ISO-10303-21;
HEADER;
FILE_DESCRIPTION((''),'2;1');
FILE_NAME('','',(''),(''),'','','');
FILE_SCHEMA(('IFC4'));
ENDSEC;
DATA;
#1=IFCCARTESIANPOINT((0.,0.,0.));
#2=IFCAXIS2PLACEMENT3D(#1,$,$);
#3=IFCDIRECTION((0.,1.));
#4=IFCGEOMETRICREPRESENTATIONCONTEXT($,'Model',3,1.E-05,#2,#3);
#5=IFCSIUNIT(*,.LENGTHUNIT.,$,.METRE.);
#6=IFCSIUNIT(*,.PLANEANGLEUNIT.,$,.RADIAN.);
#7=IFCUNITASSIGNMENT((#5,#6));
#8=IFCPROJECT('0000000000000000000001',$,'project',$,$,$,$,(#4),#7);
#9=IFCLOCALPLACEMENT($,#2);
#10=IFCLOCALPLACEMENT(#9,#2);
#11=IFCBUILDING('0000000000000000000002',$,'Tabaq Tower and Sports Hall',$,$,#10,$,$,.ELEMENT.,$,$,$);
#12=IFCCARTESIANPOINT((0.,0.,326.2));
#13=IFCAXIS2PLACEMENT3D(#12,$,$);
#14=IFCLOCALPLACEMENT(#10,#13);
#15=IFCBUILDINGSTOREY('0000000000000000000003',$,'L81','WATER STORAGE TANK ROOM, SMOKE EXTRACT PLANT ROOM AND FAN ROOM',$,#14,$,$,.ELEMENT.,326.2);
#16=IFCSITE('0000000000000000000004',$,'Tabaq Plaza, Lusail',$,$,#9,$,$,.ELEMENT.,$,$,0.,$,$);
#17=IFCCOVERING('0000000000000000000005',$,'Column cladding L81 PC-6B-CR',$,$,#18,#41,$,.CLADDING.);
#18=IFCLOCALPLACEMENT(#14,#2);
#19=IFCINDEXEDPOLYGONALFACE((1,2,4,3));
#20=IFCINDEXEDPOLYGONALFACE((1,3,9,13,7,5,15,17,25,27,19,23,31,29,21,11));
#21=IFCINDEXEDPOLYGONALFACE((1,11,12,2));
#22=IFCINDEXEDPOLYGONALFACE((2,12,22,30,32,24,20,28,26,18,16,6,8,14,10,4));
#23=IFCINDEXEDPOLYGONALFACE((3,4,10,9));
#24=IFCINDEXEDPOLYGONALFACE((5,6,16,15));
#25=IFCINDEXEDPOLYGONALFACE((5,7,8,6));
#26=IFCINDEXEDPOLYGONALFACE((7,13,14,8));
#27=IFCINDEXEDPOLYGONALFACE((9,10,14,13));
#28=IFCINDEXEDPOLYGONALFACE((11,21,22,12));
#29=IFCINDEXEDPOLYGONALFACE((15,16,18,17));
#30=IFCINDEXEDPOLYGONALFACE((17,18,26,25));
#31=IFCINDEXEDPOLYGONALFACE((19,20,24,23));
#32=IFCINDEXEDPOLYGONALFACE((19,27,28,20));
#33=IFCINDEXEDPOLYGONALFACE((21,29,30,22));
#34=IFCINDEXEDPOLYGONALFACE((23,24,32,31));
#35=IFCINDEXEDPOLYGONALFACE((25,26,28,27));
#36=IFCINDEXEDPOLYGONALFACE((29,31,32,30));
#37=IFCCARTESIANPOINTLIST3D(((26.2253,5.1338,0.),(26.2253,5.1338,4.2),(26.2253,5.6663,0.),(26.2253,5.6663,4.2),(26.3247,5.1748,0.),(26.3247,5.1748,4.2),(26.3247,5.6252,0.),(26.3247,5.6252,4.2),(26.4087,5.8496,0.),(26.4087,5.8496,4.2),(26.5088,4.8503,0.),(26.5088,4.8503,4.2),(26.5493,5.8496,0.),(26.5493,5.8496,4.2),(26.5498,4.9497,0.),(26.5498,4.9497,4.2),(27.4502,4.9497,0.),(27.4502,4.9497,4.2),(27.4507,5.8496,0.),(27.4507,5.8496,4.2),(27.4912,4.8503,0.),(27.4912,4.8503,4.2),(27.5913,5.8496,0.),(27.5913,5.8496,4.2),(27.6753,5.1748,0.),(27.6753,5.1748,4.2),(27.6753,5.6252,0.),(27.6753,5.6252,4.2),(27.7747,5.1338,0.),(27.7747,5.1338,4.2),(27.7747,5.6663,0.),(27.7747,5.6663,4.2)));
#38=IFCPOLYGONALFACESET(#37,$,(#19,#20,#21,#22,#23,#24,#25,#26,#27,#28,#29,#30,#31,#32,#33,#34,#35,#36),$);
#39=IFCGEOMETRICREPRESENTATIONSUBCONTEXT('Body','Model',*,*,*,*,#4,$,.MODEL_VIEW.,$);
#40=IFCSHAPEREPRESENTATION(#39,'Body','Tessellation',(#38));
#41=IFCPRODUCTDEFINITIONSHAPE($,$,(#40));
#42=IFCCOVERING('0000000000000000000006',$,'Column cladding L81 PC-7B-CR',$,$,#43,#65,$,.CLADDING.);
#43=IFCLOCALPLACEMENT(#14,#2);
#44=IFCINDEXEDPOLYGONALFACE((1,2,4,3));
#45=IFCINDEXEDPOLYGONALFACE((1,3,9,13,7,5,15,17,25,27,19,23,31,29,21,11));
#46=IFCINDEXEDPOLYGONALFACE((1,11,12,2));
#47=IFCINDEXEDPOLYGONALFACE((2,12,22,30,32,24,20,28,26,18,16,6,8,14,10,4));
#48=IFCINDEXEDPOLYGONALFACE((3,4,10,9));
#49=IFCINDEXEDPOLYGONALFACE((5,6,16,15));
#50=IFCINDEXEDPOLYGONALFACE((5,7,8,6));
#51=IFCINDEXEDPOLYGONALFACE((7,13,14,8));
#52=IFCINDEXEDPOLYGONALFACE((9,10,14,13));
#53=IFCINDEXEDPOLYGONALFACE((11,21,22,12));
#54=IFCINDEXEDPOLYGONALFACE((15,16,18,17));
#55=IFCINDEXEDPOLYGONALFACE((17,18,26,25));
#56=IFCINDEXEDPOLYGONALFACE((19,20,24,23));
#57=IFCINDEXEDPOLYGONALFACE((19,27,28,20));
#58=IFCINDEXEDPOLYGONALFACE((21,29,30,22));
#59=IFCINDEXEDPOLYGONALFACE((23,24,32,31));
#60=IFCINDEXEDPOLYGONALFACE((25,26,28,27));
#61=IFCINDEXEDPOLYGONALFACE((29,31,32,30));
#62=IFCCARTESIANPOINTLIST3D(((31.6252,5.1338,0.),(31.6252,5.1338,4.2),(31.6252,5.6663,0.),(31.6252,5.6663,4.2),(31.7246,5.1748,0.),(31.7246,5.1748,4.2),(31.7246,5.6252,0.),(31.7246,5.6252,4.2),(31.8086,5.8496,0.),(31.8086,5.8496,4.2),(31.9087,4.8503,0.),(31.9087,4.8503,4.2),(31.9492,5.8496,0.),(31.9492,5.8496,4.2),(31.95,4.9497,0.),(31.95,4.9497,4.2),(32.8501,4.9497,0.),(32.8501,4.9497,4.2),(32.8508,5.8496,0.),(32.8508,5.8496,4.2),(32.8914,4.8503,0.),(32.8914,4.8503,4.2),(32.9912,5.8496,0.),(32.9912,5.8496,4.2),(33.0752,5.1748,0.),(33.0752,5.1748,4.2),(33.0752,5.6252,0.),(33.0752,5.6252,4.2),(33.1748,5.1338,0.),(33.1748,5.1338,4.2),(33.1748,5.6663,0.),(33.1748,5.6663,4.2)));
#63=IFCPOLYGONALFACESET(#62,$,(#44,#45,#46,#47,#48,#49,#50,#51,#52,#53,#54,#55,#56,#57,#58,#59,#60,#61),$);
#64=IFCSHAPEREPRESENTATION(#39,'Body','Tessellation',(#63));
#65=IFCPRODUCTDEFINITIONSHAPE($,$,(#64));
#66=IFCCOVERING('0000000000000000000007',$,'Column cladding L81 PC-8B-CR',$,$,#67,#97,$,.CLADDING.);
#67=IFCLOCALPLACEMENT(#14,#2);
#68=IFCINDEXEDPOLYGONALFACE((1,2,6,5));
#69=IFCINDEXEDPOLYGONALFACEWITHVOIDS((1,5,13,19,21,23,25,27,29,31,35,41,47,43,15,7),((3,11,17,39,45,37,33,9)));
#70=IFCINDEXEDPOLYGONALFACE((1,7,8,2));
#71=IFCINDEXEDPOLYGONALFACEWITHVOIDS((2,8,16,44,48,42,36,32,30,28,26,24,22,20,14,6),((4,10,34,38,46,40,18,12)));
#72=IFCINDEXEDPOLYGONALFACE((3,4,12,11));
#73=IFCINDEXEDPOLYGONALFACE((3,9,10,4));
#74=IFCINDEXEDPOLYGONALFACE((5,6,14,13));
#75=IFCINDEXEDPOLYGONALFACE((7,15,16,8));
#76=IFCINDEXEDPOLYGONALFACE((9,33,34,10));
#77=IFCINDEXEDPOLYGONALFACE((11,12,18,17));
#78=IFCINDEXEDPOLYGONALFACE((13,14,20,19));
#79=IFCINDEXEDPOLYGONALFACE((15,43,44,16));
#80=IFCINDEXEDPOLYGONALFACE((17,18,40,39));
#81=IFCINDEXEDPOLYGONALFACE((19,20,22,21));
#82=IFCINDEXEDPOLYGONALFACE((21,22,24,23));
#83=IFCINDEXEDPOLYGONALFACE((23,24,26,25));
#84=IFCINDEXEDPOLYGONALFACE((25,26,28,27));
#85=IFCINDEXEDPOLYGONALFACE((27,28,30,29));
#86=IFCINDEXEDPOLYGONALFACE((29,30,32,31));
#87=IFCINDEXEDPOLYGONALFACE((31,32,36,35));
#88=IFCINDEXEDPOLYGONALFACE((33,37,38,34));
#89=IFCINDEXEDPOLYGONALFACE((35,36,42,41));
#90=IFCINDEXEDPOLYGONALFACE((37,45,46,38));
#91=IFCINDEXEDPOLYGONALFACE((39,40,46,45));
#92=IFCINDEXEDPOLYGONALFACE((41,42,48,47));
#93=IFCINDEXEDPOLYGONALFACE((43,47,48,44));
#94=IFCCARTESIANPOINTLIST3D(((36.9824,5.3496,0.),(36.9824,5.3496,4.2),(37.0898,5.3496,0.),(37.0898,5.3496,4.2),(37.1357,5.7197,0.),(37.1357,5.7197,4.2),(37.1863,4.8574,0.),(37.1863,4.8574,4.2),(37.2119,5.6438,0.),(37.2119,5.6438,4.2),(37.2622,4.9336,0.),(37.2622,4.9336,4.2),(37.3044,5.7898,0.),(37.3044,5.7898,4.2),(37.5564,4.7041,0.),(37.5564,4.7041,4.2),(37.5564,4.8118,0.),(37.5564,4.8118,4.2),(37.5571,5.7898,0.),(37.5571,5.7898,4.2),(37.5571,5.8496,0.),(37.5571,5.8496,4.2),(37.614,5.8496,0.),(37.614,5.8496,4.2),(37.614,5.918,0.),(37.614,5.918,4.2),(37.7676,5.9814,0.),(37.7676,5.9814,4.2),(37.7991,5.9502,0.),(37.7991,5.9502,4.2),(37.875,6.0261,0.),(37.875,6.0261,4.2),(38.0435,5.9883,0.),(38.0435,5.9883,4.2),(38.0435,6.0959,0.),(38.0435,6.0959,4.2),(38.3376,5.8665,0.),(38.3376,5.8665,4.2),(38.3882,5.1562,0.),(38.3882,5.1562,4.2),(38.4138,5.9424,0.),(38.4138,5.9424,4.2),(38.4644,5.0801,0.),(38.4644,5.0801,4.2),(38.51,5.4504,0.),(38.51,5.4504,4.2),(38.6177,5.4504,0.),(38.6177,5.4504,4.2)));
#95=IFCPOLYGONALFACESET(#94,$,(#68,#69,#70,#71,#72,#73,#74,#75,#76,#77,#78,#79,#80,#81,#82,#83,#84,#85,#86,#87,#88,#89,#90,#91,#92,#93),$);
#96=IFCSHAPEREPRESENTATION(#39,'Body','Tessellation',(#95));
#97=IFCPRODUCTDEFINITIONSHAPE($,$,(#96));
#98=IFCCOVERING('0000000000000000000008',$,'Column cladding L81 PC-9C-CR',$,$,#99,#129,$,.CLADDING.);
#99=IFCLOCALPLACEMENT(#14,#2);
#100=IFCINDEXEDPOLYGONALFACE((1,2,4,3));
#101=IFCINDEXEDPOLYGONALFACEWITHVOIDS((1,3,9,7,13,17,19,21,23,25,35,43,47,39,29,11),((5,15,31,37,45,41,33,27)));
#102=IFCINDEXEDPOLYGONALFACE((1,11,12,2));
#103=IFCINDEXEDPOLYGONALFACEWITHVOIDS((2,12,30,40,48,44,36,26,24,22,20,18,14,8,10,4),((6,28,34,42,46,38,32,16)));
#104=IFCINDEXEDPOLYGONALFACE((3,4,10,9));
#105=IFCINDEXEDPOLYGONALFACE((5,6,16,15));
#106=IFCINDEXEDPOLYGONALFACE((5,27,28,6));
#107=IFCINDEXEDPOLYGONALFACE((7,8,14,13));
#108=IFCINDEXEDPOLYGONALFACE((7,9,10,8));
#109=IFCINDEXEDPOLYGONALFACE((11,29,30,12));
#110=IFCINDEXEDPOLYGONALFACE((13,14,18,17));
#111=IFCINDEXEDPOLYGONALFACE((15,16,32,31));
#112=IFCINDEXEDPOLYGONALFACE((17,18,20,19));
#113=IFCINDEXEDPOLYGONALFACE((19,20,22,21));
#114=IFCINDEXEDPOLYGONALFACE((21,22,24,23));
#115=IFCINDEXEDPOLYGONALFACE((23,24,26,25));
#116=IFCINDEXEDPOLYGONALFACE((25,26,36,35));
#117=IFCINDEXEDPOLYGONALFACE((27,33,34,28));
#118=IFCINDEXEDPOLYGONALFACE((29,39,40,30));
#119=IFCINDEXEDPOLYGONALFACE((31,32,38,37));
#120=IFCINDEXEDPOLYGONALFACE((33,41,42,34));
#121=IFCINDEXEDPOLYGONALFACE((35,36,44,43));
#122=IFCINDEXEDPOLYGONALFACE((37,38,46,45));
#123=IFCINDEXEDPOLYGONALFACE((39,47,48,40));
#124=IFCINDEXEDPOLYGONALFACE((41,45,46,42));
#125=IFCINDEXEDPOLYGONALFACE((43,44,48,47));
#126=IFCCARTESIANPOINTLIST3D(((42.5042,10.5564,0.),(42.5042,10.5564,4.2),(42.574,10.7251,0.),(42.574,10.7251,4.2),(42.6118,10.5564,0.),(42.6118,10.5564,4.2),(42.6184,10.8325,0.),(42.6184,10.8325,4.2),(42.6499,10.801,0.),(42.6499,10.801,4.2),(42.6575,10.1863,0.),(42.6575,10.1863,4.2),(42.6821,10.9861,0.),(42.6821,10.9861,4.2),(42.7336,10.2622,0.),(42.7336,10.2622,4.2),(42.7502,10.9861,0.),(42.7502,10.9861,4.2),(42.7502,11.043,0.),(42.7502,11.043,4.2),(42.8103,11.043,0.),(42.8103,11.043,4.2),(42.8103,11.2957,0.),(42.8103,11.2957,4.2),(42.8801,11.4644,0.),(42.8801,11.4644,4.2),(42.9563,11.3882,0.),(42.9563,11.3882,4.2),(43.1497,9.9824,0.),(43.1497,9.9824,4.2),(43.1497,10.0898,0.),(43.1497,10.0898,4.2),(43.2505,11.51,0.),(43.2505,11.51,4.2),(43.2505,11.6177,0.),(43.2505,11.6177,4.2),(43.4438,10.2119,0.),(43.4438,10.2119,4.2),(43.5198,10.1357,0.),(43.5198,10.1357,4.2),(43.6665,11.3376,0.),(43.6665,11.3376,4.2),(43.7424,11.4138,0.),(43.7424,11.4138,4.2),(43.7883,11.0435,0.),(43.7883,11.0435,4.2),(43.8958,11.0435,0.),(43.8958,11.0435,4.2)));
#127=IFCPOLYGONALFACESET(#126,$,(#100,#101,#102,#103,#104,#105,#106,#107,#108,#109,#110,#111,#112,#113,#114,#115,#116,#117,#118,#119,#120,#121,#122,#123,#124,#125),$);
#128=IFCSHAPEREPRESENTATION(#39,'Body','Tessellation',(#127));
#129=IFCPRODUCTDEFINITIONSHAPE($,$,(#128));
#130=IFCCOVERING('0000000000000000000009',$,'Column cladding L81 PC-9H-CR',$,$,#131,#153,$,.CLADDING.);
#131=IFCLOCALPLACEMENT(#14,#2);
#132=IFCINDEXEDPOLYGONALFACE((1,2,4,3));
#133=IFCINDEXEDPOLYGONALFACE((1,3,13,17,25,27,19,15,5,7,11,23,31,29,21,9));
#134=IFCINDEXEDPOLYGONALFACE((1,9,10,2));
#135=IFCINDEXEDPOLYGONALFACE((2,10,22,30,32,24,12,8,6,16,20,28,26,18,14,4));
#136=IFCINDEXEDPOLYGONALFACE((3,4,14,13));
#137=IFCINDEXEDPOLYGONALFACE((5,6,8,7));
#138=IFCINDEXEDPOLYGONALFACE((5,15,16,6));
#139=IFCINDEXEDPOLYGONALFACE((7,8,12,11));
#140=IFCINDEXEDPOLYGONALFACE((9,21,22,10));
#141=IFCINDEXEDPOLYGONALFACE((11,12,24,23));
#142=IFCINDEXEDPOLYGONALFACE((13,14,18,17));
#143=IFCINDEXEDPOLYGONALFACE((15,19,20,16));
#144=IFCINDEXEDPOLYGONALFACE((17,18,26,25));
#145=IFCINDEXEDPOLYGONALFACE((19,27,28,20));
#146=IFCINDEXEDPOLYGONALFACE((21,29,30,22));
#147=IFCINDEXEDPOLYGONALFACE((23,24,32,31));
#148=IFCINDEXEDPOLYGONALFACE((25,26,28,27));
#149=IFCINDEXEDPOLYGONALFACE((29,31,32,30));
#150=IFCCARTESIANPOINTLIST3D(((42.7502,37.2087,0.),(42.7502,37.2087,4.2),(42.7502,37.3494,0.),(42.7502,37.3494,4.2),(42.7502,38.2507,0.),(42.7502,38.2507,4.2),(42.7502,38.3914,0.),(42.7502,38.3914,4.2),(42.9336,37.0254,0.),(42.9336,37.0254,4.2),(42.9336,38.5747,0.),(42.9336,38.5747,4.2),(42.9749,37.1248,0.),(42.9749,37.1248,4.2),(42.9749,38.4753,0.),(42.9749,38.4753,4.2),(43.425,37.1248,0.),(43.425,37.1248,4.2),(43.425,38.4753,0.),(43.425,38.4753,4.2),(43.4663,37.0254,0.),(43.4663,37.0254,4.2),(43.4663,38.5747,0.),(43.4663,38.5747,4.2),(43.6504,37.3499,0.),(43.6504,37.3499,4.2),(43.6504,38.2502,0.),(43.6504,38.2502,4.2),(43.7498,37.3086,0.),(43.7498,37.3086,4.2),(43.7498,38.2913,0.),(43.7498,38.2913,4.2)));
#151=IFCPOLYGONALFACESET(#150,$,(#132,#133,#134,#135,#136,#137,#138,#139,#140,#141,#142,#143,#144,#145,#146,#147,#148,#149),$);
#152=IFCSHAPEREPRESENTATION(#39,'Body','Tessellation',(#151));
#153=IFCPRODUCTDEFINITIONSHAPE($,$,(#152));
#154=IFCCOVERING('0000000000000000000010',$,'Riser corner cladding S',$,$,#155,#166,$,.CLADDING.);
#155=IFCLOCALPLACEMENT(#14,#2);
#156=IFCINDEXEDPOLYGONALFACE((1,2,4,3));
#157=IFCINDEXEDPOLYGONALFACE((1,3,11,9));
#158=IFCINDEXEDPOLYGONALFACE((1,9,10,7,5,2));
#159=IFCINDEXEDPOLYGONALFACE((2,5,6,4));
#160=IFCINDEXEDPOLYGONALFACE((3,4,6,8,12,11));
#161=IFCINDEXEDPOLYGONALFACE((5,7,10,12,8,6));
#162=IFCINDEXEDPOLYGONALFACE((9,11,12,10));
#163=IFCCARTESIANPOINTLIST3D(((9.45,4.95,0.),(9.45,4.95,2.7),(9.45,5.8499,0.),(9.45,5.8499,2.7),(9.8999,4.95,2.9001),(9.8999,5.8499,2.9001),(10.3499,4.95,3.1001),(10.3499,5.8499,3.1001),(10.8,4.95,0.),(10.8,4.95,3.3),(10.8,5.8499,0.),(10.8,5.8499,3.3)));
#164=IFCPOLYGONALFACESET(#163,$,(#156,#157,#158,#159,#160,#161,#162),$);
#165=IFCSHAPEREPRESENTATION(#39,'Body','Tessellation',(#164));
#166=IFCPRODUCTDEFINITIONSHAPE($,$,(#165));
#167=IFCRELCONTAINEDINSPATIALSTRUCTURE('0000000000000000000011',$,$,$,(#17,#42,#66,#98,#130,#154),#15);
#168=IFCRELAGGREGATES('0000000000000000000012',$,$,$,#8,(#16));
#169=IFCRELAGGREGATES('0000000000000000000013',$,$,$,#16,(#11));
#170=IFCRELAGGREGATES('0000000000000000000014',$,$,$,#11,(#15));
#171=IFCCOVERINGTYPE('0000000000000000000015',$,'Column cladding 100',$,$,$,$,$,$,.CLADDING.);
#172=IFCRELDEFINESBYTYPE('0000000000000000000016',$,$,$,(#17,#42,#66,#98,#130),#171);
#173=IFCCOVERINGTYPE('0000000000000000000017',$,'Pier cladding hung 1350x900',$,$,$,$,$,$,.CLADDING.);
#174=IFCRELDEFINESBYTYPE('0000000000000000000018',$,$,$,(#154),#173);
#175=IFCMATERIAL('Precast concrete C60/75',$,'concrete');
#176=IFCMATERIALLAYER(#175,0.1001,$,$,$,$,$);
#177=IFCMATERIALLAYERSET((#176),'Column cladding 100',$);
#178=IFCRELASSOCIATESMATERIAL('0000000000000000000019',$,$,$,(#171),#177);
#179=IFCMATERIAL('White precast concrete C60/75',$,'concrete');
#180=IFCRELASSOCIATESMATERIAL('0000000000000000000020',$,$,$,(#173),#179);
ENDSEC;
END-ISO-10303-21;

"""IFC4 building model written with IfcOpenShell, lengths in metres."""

from ifc_helpers import new_model, si_unit, direction, frame, origin, place, context, subcontext, project, spatial, polyline, outline, extrude, material, layer, layer_set, type_object, element, save


model = new_model("IFC4")

# Units and contexts
model_context = context("Model", 3, precision=1e-05, world=origin(), true_north=direction((0.0, 1.0)))
body_context = subcontext(model_context, "Body", "Model", "MODEL_VIEW")
ifc_project = project(units=[si_unit("LENGTHUNIT", "METRE"), si_unit("PLANEANGLEUNIT", "RADIAN")], contexts=[model_context])

# Site, building, storey
site_placement = place(None, origin())
site = spatial("IfcSite", under=ifc_project, at=site_placement, Name="Tabaq Plaza, Lusail", CompositionType="ELEMENT", RefElevation=0.0)
building_placement = place(site_placement, origin())
building = spatial("IfcBuilding", under=site, at=building_placement, Name="Tabaq Tower and Sports Hall", CompositionType="ELEMENT")
storey_placement = place(building_placement, frame((0.0, 0.0, 326.2)))
storey = spatial("IfcBuildingStorey", under=building, at=storey_placement, Name="L81", Description="WATER STORAGE TANK ROOM, SMOKE EXTRACT PLANT ROOM AND FAN ROOM", CompositionType="ELEMENT", Elevation=326.2)

# Coverings
ifc_material_1 = material(Name="Precast concrete C60/75", Category="concrete")
ifc_layer_1 = layer(ifc_material_1, 0.1001)
ifc_layer_set_1 = layer_set([ifc_layer_1], Name="Column cladding 100")
covering_type_1 = type_object("IfcCoveringType", Name="Column cladding 100", PredefinedType="CLADDING", material=ifc_layer_set_1)
covering_1_placement = place(storey_placement, origin())
element("IfcCovering", 1, at=covering_1_placement, inside=storey, type_object=covering_type_1, Name="Column cladding L81 PC-6B-CR", PredefinedType="CLADDING", context=body_context, shape_type="SweptSolid", body=[
    extrude(outline(polyline([(26.2253, 5.6663), (26.4087, 5.8496), (26.5493, 5.8496), (26.3247, 5.6252), (26.3247, 5.1748), (26.5498, 4.9497), (27.4502, 4.9497), (27.6753, 5.1748), (27.6753, 5.6252), (27.4507, 5.8496), (27.5913, 5.8496), (27.7747, 5.6663), (27.7747, 5.1338), (27.4912, 4.8503), (26.5088, 4.8503), (26.2253, 5.1338), (26.2253, 5.6663)])), origin(), (0.0, 0.0, 1.0), 4.2),
])
covering_2_placement = place(storey_placement, origin())
element("IfcCovering", 2, at=covering_2_placement, inside=storey, type_object=covering_type_1, Name="Column cladding L81 PC-7B-CR", PredefinedType="CLADDING", context=body_context, shape_type="SweptSolid", body=[
    extrude(outline(polyline([(31.6252, 5.6663), (31.8086, 5.8496), (31.9492, 5.8496), (31.7246, 5.6252), (31.7246, 5.1748), (31.95, 4.9497), (32.8501, 4.9497), (33.0752, 5.1748), (33.0752, 5.6252), (32.8508, 5.8496), (32.9912, 5.8496), (33.1748, 5.6663), (33.1748, 5.1338), (32.8914, 4.8503), (31.9087, 4.8503), (31.6252, 5.1338), (31.6252, 5.6663)])), origin(), (0.0, 0.0, 1.0), 4.2),
])
covering_3_placement = place(storey_placement, origin())
element("IfcCovering", 3, at=covering_3_placement, inside=storey, type_object=covering_type_1, Name="Column cladding L81 PC-8B-CR", PredefinedType="CLADDING", context=body_context, shape_type="SweptSolid", body=[
    extrude(outline(polyline([(36.9824, 5.3496), (37.1357, 5.7197), (37.3044, 5.7898), (37.5571, 5.7898), (37.5571, 5.8496), (37.614, 5.8496), (37.614, 5.918), (37.7676, 5.9814), (37.7991, 5.9502), (37.875, 6.0261), (38.0435, 6.0959), (38.4138, 5.9424), (38.6177, 5.4504), (38.4644, 5.0801), (37.5564, 4.7041), (37.1863, 4.8574), (36.9824, 5.3496)]), holes=[polyline([(38.51, 5.4504), (38.3376, 5.8665), (38.0435, 5.9883), (37.2119, 5.6438), (37.0898, 5.3496), (37.2622, 4.9336), (37.5564, 4.8118), (38.3882, 5.1562), (38.51, 5.4504)])]), origin(), (0.0, 0.0, 1.0), 4.2),
])
covering_4_placement = place(storey_placement, origin())
element("IfcCovering", 4, at=covering_4_placement, inside=storey, type_object=covering_type_1, Name="Column cladding L81 PC-9C-CR", PredefinedType="CLADDING", context=body_context, shape_type="SweptSolid", body=[
    extrude(outline(polyline([(42.6575, 10.1863), (42.5042, 10.5564), (42.574, 10.7251), (42.6499, 10.801), (42.6184, 10.8325), (42.6821, 10.9861), (42.7502, 10.9861), (42.7502, 11.043), (42.8103, 11.043), (42.8103, 11.2957), (42.8801, 11.4644), (43.2505, 11.6177), (43.7424, 11.4138), (43.8958, 11.0435), (43.5198, 10.1357), (43.1497, 9.9824), (42.6575, 10.1863)]), holes=[polyline([(43.6665, 11.3376), (43.2505, 11.51), (42.9563, 11.3882), (42.6118, 10.5564), (42.7336, 10.2622), (43.1497, 10.0898), (43.4438, 10.2119), (43.7883, 11.0435), (43.6665, 11.3376)])]), origin(), (0.0, 0.0, 1.0), 4.2),
])
covering_5_placement = place(storey_placement, origin())
element("IfcCovering", 5, at=covering_5_placement, inside=storey, type_object=covering_type_1, Name="Column cladding L81 PC-9H-CR", PredefinedType="CLADDING", context=body_context, shape_type="SweptSolid", body=[
    extrude(outline(polyline([(42.9336, 37.0254), (42.7502, 37.2087), (42.7502, 37.3494), (42.9749, 37.1248), (43.425, 37.1248), (43.6504, 37.3499), (43.6504, 38.2502), (43.425, 38.4753), (42.9749, 38.4753), (42.7502, 38.2507), (42.7502, 38.3914), (42.9336, 38.5747), (43.4663, 38.5747), (43.7498, 38.2913), (43.7498, 37.3086), (43.4663, 37.0254), (42.9336, 37.0254)])), origin(), (0.0, 0.0, 1.0), 4.2),
])
ifc_material_2 = material(Name="White precast concrete C60/75", Category="concrete")
covering_type_2 = type_object("IfcCoveringType", Name="Pier cladding hung 1350x900", PredefinedType="CLADDING", material=ifc_material_2)
covering_6_placement = place(storey_placement, frame((9.45, 5.3999, 0.0), z_axis=(0.0, 0.0, 1.0), x_axis=(1.0, 0.0, 0.0)))
element("IfcCovering", 6, at=covering_6_placement, inside=storey, type_object=covering_type_2, Name="Riser corner cladding S", PredefinedType="CLADDING", context=body_context, shape_type="SweptSolid", body=[
    extrude(outline(polyline([(0.0, 0.0), (1.3501, 0.0), (1.3501, 3.3), (0.8999, 3.1001), (0.45, 2.9001), (0.0, 2.7), (0.0, 0.0)])), frame((0.0, 0.45, 0.0), z_axis=(0.0, -1.0, 0.0), x_axis=(1.0, 0.0, 0.0)), (0.0, 0.0, 1.0), 0.8999),
])

save(model, "model.ifc")
